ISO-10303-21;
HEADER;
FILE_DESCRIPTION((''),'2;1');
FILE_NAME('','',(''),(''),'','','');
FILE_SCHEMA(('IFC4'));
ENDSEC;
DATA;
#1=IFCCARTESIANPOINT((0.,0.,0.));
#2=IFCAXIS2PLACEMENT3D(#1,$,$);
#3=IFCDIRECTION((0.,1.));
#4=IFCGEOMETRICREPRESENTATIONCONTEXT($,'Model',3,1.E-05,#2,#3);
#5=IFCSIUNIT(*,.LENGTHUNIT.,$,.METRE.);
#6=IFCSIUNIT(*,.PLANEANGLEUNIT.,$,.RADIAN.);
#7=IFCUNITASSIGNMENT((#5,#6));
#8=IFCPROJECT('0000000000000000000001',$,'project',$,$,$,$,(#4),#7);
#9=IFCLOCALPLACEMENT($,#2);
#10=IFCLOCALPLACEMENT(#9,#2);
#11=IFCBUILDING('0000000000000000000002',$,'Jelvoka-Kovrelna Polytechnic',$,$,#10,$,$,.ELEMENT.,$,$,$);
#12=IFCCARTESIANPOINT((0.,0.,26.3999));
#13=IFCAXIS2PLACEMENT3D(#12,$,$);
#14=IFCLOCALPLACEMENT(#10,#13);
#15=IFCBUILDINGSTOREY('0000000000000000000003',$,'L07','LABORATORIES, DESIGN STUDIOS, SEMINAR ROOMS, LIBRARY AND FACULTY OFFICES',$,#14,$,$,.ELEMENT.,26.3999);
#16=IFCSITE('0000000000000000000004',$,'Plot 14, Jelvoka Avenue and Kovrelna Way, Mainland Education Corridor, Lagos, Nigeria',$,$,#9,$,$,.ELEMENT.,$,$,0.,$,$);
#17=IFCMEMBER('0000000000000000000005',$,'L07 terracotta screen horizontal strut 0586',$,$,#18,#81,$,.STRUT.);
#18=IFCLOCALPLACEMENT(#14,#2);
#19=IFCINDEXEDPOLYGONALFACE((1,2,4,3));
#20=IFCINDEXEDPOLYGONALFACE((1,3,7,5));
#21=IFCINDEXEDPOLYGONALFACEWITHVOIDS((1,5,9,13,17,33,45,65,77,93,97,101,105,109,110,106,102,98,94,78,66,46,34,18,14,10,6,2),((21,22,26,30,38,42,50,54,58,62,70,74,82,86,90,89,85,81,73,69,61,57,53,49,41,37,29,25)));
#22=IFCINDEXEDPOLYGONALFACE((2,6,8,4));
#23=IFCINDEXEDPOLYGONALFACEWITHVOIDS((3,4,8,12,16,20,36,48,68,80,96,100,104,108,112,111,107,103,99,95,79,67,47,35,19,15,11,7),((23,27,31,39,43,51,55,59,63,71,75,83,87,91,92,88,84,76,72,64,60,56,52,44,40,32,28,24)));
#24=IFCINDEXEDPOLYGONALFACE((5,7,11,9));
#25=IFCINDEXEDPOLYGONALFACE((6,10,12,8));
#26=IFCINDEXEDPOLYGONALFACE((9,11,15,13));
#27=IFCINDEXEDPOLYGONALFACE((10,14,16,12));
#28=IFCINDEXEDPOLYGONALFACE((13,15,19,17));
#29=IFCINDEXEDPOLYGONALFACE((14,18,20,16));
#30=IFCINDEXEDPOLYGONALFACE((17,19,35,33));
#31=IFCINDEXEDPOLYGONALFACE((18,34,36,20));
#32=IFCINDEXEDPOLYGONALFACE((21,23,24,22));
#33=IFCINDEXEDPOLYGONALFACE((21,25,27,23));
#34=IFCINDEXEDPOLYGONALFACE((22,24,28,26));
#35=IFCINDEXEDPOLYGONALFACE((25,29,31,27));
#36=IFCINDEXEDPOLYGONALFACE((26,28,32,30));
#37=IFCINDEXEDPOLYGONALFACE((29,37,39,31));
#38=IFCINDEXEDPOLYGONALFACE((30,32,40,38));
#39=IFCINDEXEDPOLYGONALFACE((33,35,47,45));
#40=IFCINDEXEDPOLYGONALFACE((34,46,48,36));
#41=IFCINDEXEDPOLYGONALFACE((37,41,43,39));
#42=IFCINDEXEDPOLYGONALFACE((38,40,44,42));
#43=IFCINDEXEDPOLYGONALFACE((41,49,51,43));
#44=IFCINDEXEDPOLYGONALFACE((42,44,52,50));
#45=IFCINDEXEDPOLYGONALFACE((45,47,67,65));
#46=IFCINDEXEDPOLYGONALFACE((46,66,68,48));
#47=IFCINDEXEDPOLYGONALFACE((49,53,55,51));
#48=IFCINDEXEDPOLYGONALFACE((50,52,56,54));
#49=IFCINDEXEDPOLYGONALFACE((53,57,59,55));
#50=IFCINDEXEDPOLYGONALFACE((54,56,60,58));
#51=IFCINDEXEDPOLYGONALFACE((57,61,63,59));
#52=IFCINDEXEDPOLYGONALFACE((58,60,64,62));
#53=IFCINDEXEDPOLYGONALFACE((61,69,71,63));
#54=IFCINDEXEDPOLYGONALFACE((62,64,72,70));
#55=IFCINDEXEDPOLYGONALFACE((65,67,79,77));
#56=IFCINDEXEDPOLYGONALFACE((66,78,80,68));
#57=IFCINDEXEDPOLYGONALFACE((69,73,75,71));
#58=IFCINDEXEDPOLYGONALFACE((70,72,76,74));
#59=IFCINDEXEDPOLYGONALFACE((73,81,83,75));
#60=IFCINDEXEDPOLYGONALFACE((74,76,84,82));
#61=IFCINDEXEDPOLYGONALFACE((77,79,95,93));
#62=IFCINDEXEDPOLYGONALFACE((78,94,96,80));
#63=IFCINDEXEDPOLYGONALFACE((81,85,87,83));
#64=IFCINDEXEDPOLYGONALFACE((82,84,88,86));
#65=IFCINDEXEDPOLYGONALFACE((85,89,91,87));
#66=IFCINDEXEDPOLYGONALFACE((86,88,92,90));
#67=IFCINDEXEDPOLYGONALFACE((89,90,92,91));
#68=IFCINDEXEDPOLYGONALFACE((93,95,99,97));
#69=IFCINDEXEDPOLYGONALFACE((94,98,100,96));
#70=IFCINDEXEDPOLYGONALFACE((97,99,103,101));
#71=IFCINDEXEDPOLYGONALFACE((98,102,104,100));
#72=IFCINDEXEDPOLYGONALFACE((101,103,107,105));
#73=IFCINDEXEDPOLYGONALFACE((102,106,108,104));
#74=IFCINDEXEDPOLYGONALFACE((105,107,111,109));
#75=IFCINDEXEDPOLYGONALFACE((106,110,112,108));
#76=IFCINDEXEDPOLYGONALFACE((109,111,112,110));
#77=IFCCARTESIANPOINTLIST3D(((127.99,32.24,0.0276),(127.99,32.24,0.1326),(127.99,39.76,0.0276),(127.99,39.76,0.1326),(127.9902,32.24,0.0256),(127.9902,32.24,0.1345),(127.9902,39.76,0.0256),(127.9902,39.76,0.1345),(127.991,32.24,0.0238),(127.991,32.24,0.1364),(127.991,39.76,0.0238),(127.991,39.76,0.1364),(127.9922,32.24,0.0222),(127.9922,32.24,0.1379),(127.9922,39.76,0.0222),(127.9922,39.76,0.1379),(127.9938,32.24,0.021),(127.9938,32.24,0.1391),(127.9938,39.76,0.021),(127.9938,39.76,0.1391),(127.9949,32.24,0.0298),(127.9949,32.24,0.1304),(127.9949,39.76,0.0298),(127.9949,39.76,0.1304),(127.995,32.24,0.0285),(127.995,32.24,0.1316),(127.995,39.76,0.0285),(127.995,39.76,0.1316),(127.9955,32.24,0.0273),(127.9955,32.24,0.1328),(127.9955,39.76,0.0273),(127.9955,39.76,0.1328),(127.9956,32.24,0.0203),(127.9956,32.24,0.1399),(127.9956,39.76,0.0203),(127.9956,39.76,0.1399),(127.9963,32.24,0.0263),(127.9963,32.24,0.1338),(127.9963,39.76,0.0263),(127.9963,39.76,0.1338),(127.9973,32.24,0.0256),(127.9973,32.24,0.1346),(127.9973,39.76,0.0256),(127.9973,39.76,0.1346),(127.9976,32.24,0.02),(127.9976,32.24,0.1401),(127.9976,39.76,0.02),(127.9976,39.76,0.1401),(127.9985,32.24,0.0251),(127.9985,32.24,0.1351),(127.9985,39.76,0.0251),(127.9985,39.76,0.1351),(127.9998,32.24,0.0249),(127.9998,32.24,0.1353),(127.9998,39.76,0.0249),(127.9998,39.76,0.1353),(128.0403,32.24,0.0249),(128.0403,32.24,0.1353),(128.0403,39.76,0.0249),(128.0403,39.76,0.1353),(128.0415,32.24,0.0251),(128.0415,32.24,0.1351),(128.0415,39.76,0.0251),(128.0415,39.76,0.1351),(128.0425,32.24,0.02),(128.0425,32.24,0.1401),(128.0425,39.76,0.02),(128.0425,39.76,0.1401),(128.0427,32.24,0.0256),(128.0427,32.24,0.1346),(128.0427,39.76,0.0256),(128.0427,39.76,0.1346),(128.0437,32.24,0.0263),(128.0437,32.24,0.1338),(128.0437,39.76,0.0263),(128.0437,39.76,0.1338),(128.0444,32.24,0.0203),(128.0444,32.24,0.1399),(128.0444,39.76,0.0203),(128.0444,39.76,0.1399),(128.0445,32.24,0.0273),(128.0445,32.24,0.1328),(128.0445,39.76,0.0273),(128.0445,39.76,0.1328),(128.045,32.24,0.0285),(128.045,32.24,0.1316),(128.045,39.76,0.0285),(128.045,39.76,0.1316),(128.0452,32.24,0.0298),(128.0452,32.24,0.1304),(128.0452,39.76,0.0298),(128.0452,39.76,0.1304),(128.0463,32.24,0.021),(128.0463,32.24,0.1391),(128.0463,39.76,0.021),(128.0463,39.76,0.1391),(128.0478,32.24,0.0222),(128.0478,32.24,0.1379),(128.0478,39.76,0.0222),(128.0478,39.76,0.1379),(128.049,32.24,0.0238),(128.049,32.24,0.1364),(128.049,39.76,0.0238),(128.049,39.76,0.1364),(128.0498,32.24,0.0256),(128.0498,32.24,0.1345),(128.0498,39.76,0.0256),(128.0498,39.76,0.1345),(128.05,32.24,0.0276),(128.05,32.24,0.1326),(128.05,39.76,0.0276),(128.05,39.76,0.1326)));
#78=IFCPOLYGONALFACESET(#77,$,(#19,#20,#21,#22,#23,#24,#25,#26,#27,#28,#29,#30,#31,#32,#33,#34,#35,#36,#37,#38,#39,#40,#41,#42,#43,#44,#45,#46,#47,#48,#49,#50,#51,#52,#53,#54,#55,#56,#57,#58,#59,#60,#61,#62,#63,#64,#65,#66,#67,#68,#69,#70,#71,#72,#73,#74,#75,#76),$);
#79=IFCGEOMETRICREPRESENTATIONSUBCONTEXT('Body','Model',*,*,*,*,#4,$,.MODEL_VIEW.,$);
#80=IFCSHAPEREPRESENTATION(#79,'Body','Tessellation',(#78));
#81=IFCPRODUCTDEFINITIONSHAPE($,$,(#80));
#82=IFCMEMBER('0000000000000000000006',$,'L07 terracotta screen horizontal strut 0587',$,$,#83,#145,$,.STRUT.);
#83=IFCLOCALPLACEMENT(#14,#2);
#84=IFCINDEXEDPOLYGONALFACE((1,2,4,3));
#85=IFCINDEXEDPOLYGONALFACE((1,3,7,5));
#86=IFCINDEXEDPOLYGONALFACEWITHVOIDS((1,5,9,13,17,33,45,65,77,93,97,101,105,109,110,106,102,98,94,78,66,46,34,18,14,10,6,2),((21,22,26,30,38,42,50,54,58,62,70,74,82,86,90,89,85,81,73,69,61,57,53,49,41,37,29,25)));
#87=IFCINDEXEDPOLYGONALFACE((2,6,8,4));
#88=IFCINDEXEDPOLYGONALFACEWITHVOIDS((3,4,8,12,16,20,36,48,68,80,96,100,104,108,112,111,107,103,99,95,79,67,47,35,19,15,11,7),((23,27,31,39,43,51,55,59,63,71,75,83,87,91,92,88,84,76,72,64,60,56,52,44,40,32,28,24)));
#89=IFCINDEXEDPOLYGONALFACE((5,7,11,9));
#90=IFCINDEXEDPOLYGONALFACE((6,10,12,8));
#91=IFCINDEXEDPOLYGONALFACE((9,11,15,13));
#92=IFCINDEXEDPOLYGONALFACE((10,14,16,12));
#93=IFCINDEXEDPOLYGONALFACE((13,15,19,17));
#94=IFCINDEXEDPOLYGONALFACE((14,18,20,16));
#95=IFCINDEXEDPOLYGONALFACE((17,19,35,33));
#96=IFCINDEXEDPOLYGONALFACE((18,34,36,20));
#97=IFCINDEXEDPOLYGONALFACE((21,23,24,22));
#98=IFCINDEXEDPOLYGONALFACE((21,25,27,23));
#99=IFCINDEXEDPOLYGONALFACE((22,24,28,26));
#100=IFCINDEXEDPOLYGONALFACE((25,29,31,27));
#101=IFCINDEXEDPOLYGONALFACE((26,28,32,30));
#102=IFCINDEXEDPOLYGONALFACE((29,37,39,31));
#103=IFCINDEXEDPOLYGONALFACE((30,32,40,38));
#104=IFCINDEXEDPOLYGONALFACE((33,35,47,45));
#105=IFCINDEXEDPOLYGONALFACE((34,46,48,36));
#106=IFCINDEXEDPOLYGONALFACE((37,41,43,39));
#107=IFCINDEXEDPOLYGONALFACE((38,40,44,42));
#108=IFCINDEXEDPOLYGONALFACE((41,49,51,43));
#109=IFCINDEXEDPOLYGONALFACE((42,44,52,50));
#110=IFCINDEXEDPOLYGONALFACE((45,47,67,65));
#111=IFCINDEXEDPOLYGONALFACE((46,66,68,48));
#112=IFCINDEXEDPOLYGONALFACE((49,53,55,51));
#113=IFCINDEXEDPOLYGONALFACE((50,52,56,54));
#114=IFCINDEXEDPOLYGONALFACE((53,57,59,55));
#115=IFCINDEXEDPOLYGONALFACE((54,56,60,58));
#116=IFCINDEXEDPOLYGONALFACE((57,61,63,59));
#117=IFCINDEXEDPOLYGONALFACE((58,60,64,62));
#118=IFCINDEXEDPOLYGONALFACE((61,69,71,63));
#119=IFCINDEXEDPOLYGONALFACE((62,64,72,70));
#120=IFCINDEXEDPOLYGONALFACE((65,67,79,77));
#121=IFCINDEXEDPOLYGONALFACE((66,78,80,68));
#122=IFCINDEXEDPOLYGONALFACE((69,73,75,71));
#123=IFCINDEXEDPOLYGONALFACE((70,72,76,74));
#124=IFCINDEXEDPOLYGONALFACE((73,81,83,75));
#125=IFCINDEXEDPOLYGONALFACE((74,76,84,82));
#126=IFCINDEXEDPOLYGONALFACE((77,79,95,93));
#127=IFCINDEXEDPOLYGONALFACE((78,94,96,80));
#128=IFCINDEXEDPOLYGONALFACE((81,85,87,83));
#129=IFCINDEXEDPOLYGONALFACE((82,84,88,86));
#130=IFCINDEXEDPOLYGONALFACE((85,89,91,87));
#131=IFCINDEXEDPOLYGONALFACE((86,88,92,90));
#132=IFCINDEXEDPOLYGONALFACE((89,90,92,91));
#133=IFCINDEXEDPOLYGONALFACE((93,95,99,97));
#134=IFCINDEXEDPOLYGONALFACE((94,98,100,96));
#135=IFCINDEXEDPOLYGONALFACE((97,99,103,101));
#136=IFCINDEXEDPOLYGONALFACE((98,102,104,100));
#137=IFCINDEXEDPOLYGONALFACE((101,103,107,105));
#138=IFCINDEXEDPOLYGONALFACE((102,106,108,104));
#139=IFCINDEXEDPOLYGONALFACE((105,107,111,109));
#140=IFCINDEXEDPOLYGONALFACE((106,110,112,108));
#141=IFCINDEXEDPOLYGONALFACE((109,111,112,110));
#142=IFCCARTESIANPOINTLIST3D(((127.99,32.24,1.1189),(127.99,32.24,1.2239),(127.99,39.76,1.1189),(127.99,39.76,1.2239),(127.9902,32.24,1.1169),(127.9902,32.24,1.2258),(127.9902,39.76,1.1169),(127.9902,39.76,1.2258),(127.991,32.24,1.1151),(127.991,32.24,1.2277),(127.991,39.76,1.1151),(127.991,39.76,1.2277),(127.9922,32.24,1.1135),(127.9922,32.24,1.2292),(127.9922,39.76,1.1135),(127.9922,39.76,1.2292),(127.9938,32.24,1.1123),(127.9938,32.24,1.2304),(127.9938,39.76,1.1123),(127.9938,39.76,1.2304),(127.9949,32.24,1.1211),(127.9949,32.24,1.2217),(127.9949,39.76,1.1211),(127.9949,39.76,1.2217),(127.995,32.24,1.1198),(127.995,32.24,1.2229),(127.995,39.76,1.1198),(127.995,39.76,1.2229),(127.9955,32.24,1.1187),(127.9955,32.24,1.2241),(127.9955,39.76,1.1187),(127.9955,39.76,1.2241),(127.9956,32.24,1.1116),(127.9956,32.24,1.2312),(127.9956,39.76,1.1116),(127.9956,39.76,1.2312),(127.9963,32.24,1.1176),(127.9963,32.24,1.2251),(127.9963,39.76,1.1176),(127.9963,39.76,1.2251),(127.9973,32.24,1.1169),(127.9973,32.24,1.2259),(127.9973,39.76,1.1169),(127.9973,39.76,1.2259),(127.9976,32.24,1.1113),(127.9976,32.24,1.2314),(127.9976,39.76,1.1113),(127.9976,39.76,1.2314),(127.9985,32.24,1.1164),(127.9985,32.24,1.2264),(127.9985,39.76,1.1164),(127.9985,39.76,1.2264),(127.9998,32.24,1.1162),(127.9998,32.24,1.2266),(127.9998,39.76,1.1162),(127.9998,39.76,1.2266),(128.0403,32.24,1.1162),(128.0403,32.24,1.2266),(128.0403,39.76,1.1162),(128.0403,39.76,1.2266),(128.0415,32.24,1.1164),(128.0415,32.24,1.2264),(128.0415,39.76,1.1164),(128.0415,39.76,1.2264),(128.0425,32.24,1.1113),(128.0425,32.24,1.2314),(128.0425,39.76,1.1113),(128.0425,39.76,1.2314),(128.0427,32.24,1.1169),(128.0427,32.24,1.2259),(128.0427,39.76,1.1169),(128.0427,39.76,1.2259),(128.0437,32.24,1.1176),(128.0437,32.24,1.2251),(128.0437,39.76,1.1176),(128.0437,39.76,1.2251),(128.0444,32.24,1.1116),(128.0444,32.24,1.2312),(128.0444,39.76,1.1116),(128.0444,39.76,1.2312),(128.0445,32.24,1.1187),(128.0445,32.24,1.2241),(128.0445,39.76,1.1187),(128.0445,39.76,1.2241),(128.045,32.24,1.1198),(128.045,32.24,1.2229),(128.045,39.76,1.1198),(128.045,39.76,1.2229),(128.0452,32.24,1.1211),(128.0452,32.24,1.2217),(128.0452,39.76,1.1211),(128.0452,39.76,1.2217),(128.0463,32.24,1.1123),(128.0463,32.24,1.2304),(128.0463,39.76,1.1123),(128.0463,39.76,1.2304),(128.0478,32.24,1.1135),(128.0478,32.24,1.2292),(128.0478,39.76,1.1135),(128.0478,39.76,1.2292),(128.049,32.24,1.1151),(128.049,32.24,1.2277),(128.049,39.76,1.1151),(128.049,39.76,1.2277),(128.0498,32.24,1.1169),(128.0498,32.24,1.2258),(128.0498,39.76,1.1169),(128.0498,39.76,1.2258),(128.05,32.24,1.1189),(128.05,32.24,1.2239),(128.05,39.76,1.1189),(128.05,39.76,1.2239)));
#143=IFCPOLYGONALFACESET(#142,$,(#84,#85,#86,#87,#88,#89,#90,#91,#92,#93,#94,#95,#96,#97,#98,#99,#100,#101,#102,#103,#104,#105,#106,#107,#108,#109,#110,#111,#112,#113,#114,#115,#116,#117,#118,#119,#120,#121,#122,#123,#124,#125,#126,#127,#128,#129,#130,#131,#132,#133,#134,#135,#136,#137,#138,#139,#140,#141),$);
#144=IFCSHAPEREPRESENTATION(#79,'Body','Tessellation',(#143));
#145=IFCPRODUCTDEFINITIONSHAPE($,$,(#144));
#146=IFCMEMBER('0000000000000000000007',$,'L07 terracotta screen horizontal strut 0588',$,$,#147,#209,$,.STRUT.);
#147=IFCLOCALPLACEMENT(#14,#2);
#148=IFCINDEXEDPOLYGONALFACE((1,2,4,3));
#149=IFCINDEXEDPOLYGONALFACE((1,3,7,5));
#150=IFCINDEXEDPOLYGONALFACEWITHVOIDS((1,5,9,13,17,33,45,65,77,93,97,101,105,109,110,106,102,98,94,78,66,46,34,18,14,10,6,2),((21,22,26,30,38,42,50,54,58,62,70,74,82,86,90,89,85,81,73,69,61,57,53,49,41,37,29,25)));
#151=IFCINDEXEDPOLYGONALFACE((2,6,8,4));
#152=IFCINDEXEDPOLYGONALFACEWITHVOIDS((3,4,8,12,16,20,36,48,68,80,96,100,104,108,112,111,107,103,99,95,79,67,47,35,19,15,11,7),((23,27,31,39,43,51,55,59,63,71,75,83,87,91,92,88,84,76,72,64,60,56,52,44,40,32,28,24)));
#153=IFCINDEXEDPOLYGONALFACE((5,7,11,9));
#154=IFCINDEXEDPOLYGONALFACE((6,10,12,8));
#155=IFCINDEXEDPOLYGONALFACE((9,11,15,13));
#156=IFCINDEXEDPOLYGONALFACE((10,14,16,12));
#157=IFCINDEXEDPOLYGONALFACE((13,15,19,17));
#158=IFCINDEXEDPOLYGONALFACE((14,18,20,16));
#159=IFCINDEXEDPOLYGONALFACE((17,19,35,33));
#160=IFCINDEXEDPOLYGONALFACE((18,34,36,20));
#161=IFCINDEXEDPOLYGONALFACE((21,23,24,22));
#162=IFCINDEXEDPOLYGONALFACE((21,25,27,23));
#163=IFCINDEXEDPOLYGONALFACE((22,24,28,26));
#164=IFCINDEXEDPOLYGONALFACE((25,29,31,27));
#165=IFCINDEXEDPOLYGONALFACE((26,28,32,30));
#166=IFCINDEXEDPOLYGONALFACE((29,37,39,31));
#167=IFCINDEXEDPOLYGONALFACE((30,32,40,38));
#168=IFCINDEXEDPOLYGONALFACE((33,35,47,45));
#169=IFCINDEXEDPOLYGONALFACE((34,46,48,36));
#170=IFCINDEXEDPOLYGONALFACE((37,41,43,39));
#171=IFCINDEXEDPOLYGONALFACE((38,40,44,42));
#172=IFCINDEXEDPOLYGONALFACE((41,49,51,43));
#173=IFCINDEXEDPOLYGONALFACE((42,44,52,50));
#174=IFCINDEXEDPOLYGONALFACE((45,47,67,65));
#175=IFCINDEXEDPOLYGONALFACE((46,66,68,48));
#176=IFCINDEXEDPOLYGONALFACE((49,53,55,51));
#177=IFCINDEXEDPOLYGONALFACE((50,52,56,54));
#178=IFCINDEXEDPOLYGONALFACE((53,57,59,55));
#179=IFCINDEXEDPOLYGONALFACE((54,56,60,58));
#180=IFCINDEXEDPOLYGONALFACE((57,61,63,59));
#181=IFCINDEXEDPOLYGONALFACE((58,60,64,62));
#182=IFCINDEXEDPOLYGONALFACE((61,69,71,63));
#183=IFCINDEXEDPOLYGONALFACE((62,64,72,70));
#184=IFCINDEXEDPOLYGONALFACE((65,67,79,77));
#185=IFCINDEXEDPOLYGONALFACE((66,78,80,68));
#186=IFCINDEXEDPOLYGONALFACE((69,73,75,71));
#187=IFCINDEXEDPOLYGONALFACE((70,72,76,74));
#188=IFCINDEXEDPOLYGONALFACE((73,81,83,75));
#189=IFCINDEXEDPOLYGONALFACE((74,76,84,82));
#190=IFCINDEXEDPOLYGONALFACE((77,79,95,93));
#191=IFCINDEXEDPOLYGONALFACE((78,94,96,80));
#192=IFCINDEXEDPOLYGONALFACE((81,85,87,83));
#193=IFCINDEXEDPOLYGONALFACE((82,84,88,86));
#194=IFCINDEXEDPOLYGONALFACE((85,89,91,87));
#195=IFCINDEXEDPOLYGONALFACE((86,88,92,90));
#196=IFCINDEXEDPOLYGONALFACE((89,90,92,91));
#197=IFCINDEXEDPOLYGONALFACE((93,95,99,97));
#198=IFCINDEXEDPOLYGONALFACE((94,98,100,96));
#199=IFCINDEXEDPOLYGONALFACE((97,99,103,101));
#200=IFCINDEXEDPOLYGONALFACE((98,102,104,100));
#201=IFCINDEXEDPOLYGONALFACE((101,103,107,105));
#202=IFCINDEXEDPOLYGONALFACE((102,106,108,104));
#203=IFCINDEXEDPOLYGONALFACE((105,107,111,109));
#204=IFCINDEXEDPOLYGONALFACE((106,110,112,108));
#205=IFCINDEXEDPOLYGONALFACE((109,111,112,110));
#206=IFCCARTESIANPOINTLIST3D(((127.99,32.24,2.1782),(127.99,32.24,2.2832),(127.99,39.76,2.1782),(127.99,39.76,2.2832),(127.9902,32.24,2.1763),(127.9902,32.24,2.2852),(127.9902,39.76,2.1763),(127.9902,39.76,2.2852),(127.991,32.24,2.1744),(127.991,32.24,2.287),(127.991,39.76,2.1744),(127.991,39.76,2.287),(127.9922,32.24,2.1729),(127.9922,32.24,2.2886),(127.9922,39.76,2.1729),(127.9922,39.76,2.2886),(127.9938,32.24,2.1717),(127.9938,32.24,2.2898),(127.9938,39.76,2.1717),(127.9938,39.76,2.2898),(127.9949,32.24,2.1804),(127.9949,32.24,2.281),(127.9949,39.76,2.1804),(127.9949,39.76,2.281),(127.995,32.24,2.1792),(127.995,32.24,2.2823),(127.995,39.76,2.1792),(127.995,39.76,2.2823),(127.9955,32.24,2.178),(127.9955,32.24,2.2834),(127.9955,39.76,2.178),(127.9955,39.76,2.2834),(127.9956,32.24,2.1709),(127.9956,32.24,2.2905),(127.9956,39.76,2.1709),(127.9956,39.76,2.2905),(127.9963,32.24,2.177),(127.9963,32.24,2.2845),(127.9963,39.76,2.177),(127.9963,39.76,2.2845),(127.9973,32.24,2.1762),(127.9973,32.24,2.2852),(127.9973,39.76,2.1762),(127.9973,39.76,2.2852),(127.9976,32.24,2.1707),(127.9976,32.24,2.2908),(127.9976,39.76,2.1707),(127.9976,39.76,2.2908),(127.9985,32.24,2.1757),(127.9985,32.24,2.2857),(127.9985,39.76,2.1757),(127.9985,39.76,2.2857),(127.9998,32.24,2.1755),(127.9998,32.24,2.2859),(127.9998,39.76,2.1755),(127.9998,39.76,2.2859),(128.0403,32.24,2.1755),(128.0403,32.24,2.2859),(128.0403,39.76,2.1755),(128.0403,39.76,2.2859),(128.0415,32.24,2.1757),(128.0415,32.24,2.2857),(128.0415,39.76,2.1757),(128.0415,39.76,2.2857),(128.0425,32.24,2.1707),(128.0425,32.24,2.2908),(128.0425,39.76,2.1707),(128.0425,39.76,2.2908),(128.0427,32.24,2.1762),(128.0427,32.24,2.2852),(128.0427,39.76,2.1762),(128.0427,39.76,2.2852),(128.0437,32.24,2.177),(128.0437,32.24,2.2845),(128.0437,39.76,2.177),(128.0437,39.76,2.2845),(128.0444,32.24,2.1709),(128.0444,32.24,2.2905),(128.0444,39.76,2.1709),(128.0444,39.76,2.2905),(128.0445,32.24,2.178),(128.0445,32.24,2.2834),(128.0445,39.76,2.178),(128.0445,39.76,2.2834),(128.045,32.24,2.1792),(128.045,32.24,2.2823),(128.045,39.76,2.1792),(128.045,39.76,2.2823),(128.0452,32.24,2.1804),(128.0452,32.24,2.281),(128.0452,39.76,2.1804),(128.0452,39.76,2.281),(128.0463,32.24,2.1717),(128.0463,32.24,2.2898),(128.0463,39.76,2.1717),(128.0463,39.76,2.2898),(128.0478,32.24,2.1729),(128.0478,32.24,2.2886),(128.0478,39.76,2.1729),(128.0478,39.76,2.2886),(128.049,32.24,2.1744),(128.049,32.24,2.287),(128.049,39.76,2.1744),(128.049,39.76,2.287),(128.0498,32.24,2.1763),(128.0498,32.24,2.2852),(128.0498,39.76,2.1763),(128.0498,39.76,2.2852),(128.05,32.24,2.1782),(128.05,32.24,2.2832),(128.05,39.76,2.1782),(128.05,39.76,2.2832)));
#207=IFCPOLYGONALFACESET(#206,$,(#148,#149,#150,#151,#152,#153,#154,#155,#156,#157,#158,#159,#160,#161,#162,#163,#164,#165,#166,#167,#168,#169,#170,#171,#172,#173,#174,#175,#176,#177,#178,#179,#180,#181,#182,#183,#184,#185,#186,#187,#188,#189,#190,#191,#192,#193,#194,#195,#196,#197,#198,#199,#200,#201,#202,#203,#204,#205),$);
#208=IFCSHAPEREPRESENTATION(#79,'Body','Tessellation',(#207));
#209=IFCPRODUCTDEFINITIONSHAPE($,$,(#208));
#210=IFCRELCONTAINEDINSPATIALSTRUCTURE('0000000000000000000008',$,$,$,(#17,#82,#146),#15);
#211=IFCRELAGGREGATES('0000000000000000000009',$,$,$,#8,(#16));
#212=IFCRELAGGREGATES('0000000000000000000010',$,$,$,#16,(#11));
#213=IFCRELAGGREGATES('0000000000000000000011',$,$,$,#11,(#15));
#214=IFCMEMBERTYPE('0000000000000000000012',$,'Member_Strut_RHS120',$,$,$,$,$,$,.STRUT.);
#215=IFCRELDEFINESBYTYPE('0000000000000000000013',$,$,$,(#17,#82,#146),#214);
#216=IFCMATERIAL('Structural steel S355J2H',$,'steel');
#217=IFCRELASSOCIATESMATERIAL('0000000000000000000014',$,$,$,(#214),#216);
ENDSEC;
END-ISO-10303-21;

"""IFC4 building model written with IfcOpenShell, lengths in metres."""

from ifc_helpers import new_model, si_unit, direction, frame, origin, origin_2d, place, context, subcontext, project, spatial, hollow_rectangle, extrude, material, material_profile, profile_set, type_object, element, save


model = new_model("IFC4")

# Units and contexts
model_context = context("Model", 3, precision=1e-05, world=origin(), true_north=direction((0.0, 1.0)))
body_context = subcontext(model_context, "Body", "Model", "MODEL_VIEW")
ifc_project = project(units=[si_unit("LENGTHUNIT", "METRE"), si_unit("PLANEANGLEUNIT", "RADIAN")], contexts=[model_context])

# Site, building, storey
site_placement = place(None, origin())
site = spatial("IfcSite", under=ifc_project, at=site_placement, Name="Plot 14, Jelvoka Avenue and Kovrelna Way, Mainland Education Corridor, Lagos, Nigeria", CompositionType="ELEMENT", RefElevation=0.0)
building_placement = place(site_placement, origin())
building = spatial("IfcBuilding", under=site, at=building_placement, Name="Jelvoka-Kovrelna Polytechnic", CompositionType="ELEMENT")
storey_placement = place(building_placement, frame((0.0, 0.0, 26.3999)))
storey = spatial("IfcBuildingStorey", under=building, at=storey_placement, Name="L07", Description="LABORATORIES, DESIGN STUDIOS, SEMINAR ROOMS, LIBRARY AND FACULTY OFFICES", CompositionType="ELEMENT", Elevation=26.3999)

# Members
ifc_material_1 = material(Name="Structural steel S355J2H", Category="steel")
ifc_material_profile_1 = material_profile(ifc_material_1, hollow_rectangle(XDim=0.0601, YDim=0.1201, WallThickness=0.0049, InnerFilletRadius=0.0049, OuterFilletRadius=0.0076, at=origin_2d()), Name="120x60x5.0 RHS")
ifc_profile_set_1 = profile_set([ifc_material_profile_1], Name="Structural steel S355J2H")
member_type_1 = type_object("IfcMemberType", Name="Member_Strut_RHS120", PredefinedType="STRUT", material=ifc_profile_set_1)
for number, where, z_axis, x_axis, name in (
    (1, (128.02, 32.24, 0.0801), (0.0, 1.0, 0.0), (-1.0, 0.0, 0.0), "L07 terracotta screen horizontal strut 0586"),
    (2, (128.02, 32.24, 1.1714), (0.0, 1.0, 0.0), (-1.0, 0.0, 0.0), "L07 terracotta screen horizontal strut 0587"),
    (3, (128.02, 32.24, 2.2307), (0.0, 1.0, 0.0), (-1.0, 0.0, 0.0), "L07 terracotta screen horizontal strut 0588"),
):
    element("IfcMember", number, at=place(storey_placement, frame(where, z_axis=z_axis, x_axis=x_axis)), inside=storey, type_object=member_type_1, Name=name, PredefinedType="STRUT", context=body_context, shape_type="SweptSolid", body=[
        extrude(hollow_rectangle(XDim=0.0601, YDim=0.1201, WallThickness=0.0049, InnerFilletRadius=0.0049, OuterFilletRadius=0.0076, at=origin_2d()), origin(), (0.0, 0.0, 1.0), 7.52),
    ])

save(model, "model.ifc")
